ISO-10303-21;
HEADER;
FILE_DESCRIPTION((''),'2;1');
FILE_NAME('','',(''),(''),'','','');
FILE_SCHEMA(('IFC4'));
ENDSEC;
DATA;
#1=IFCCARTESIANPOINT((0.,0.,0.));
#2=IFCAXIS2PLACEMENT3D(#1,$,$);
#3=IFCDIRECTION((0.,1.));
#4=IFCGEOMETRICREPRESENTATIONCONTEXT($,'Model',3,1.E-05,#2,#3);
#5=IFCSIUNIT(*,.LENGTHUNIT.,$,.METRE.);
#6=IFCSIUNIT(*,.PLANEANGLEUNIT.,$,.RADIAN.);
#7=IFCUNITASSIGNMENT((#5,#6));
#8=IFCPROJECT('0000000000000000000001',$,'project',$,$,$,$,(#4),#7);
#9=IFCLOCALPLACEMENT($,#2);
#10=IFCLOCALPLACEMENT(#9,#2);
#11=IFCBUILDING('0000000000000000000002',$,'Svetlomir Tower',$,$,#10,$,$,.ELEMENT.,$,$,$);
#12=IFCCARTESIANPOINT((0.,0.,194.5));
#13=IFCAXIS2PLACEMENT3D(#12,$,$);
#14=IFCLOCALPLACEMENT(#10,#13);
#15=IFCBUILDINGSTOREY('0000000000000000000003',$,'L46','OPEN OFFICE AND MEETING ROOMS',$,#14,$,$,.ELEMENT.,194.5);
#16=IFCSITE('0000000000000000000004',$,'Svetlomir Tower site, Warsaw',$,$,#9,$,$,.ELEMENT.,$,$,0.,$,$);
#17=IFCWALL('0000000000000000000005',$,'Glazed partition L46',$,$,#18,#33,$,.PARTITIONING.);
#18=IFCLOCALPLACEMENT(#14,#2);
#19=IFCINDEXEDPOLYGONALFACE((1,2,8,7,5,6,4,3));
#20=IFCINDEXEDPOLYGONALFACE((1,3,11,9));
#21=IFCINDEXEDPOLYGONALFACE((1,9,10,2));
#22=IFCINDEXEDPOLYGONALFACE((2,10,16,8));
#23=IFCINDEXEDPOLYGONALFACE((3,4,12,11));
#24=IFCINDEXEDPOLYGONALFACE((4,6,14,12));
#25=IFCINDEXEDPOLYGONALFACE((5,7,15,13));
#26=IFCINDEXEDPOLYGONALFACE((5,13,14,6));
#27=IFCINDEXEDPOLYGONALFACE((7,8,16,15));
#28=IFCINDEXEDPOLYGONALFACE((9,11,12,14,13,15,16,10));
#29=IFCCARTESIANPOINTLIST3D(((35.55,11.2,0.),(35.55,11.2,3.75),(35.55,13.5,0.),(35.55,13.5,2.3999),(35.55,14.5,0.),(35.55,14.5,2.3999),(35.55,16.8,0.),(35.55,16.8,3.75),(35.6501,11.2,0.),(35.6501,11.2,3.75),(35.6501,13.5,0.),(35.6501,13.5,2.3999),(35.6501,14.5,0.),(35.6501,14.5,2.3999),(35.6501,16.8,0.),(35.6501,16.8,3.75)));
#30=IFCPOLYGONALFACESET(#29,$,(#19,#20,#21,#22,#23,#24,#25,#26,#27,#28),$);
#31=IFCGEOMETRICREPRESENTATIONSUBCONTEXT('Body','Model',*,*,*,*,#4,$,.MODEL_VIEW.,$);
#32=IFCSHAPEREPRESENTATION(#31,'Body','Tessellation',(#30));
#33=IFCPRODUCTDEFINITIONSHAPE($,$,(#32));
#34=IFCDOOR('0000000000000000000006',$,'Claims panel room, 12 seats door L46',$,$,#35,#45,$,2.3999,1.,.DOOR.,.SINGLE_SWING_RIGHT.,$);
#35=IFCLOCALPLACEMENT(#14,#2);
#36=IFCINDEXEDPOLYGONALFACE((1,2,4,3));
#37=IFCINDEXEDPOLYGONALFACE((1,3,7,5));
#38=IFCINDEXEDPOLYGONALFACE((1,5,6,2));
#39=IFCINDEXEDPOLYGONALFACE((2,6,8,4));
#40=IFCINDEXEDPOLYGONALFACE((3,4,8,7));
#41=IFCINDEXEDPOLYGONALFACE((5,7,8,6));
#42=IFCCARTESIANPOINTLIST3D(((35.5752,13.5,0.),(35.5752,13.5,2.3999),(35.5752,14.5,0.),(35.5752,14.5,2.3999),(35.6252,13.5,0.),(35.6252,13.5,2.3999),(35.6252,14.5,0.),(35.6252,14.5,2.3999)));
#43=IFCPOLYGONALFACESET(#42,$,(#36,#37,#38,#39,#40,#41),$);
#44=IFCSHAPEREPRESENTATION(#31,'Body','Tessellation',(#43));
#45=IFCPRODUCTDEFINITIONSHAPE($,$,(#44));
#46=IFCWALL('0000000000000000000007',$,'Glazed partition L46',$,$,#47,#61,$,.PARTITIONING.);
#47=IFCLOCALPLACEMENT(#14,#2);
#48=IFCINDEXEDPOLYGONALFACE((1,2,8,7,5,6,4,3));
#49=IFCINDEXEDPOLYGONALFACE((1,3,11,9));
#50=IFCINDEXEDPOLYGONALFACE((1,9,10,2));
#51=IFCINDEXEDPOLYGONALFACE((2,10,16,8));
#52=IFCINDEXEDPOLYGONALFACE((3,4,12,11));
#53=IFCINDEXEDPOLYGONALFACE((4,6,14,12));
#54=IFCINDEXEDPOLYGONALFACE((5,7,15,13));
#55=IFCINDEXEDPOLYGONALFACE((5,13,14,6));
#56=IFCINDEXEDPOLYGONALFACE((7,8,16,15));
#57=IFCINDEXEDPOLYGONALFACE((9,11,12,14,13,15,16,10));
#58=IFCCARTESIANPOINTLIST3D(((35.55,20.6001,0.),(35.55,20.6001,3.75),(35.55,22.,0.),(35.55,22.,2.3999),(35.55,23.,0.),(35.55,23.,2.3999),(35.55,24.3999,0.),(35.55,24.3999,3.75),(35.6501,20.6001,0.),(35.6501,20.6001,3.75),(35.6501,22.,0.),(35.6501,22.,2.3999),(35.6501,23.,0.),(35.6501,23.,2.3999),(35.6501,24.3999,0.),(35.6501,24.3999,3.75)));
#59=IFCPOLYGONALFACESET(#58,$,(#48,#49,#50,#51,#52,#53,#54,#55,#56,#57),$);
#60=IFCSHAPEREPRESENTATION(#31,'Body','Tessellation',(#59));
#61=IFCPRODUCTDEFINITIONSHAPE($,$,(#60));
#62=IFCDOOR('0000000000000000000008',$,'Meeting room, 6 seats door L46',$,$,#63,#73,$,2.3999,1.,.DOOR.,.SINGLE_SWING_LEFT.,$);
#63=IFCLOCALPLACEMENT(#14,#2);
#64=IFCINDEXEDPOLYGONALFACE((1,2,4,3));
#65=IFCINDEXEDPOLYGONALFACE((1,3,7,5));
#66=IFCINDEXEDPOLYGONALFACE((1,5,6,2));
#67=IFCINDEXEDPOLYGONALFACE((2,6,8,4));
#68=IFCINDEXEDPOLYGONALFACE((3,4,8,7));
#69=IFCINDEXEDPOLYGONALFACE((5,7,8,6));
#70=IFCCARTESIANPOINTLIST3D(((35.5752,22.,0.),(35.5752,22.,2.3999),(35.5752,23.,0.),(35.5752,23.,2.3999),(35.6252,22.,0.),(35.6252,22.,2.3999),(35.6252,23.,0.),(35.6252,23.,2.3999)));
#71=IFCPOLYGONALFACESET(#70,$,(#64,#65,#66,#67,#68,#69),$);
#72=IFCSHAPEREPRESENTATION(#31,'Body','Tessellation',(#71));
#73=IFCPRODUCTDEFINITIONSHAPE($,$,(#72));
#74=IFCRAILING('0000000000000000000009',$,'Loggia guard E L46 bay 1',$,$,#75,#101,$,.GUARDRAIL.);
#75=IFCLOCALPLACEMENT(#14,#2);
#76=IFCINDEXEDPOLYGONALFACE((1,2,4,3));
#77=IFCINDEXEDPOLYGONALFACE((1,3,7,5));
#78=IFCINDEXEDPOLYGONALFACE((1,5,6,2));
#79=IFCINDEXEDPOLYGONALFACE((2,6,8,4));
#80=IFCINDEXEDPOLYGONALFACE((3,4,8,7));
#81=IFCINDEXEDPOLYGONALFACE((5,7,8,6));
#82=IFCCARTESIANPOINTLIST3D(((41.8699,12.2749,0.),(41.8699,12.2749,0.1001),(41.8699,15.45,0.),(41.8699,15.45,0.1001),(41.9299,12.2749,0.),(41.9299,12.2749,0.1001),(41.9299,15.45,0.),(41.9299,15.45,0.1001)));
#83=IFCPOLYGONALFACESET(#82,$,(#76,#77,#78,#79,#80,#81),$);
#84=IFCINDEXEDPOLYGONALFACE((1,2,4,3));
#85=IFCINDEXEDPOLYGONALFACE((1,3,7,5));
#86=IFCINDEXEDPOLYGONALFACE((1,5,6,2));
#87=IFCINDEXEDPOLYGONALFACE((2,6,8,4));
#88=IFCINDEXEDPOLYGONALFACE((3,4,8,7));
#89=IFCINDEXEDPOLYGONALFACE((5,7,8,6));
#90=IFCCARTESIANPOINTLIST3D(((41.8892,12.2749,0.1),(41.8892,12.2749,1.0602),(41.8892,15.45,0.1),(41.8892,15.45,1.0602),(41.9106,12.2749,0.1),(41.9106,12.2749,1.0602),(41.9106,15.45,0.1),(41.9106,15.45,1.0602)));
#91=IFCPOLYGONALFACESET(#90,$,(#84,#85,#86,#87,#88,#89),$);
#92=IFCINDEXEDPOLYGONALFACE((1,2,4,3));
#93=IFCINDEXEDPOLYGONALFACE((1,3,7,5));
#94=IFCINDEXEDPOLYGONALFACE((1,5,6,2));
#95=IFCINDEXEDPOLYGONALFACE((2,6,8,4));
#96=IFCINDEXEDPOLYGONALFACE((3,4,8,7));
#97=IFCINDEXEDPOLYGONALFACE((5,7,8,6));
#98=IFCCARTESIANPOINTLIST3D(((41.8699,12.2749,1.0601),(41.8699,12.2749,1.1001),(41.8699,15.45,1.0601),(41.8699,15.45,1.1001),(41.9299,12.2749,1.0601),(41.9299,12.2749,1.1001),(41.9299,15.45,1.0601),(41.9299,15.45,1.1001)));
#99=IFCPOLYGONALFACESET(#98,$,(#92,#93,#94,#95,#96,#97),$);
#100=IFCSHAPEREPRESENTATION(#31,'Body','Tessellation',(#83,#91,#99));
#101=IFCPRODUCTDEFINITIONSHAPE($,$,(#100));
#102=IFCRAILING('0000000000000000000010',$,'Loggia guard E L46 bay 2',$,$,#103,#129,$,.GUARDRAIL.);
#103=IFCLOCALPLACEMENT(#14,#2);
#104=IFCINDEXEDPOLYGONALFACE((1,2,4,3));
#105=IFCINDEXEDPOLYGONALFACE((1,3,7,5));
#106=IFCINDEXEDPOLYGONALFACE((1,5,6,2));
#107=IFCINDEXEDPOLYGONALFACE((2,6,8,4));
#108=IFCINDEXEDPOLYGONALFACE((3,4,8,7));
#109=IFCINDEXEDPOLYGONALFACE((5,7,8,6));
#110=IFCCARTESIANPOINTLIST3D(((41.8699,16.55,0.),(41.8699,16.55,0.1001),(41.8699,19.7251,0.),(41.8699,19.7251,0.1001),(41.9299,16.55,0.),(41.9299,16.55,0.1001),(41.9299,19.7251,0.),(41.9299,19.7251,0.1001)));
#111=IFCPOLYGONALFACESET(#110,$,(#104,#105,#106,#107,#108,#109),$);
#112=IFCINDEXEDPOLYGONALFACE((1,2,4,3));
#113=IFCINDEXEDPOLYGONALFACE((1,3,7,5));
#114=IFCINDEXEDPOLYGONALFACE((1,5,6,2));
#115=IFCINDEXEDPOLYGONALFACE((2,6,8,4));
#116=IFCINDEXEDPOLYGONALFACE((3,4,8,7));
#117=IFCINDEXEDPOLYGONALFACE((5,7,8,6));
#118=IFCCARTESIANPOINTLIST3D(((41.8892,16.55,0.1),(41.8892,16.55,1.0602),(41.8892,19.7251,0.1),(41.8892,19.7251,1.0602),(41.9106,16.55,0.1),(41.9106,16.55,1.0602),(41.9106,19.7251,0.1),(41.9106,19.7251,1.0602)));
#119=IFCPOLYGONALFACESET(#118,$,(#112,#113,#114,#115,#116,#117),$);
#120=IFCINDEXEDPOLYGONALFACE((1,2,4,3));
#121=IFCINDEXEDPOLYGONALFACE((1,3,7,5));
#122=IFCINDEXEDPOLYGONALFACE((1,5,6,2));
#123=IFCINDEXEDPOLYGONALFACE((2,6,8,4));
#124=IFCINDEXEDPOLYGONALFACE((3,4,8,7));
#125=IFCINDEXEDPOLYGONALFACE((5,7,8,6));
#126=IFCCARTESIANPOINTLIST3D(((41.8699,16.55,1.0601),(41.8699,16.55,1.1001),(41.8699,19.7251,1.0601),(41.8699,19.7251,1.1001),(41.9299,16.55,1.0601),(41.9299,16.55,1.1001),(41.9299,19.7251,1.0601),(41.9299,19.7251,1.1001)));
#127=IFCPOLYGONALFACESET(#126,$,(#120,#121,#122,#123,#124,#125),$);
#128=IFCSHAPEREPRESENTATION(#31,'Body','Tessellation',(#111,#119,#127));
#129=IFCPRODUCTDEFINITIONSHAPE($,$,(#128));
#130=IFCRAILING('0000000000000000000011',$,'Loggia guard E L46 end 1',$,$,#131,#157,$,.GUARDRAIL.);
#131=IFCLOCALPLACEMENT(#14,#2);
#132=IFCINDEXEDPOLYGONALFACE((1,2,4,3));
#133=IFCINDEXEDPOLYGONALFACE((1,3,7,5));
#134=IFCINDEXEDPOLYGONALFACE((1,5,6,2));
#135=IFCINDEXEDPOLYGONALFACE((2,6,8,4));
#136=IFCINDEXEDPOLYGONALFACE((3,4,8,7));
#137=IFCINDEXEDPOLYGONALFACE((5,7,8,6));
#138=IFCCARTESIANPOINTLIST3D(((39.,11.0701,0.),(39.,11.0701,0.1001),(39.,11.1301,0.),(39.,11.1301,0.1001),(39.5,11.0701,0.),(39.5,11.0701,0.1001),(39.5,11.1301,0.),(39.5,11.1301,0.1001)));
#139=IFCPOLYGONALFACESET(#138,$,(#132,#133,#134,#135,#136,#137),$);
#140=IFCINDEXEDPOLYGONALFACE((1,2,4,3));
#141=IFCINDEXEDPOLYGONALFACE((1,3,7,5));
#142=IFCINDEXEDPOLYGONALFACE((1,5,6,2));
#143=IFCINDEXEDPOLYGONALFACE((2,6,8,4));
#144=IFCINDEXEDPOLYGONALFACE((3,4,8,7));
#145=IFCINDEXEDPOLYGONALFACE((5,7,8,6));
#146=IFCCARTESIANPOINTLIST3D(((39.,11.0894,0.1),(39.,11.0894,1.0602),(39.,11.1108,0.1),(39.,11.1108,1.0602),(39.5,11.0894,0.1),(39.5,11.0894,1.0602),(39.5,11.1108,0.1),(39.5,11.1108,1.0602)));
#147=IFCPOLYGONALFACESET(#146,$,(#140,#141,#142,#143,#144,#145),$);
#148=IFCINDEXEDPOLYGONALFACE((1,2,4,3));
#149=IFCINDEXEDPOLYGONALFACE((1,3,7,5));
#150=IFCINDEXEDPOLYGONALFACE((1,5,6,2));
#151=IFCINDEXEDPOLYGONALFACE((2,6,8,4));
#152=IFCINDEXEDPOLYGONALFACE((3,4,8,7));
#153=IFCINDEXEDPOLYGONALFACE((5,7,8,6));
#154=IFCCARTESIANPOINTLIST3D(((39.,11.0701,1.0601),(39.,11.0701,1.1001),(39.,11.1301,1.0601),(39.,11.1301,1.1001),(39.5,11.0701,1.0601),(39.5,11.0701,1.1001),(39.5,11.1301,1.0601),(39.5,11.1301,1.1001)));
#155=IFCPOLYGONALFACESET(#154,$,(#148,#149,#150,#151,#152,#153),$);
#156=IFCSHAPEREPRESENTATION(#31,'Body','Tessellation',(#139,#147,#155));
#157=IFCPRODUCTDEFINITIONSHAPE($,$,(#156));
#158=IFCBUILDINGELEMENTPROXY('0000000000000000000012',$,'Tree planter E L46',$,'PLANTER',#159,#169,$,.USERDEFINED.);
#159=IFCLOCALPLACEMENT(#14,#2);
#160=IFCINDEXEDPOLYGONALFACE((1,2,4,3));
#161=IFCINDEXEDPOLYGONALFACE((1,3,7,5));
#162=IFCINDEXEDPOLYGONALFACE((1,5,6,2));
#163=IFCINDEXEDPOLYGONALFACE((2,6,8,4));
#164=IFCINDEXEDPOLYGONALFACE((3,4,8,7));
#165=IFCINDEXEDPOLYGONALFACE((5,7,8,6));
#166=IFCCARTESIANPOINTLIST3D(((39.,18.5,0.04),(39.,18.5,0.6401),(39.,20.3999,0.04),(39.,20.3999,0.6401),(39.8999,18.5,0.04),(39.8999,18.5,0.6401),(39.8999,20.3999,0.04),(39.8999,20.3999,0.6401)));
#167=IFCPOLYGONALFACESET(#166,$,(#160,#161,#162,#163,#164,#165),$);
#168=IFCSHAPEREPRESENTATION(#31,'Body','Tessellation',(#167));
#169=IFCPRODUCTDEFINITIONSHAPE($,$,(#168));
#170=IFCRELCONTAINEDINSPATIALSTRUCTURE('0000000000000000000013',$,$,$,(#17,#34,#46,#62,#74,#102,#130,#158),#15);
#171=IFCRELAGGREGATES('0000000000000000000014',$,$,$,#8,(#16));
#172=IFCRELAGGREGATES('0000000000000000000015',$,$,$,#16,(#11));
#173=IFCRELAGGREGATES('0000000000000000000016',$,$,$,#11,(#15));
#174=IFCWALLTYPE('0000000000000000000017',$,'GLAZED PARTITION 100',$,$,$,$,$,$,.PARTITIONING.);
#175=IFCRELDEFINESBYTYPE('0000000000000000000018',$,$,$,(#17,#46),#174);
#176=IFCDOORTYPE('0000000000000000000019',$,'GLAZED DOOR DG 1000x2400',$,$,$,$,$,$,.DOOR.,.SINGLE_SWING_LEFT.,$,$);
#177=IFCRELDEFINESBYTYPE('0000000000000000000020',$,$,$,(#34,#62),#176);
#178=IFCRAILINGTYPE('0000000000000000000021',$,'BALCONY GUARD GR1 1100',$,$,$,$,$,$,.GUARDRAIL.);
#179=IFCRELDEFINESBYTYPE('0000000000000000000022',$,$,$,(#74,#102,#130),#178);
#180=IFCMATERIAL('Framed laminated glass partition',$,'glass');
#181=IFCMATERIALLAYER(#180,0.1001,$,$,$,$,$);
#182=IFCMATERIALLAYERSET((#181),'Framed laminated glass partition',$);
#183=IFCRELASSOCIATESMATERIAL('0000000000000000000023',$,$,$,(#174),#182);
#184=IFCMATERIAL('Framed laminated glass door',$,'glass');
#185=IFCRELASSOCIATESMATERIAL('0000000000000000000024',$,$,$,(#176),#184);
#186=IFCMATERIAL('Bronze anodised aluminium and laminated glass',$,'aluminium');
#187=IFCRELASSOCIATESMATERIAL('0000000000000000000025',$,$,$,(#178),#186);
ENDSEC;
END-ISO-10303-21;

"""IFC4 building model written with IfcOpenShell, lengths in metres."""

from ifc_helpers import new_model, si_unit, direction, frame, frame_2d, origin, origin_2d, place, context, subcontext, project, spatial, rectangle, extrude, material, layer, layer_set, type_object, element, fill, save


model = new_model("IFC4")

# Units and contexts
model_context = context("Model", 3, precision=1e-05, world=origin(), true_north=direction((0.0, 1.0)))
body_context = subcontext(model_context, "Body", "Model", "MODEL_VIEW")
ifc_project = project(units=[si_unit("LENGTHUNIT", "METRE"), si_unit("PLANEANGLEUNIT", "RADIAN")], contexts=[model_context])

# Site, building, storey
site_placement = place(None, origin())
site = spatial("IfcSite", under=ifc_project, at=site_placement, Name="Svetlomir Tower site, Warsaw", CompositionType="ELEMENT", RefElevation=0.0)
building_placement = place(site_placement, origin())
building = spatial("IfcBuilding", under=site, at=building_placement, Name="Svetlomir Tower", CompositionType="ELEMENT")
storey_placement = place(building_placement, frame((0.0, 0.0, 194.5)))
storey = spatial("IfcBuildingStorey", under=building, at=storey_placement, Name="L46", Description="OPEN OFFICE AND MEETING ROOMS", CompositionType="ELEMENT", Elevation=194.5)

# Shared definitions
ifc_material_1 = material(Name="Framed laminated glass partition", Category="glass")
ifc_layer_1 = layer(ifc_material_1, 0.1001)
ifc_layer_set_1 = layer_set([ifc_layer_1], Name="Framed laminated glass partition")
wall_type_1 = type_object("IfcWallType", Name="GLAZED PARTITION 100", PredefinedType="PARTITIONING", material=ifc_layer_set_1)

# Walls, openings, doors
wall_1_placement = place(storey_placement, frame((35.6001, 11.2, 0.0), z_axis=(0.0, 0.0, 1.0), x_axis=(0.0, 1.0, 0.0)))
wall_1 = element("IfcWall", 1, at=wall_1_placement, inside=storey, type_object=wall_type_1, Name="Glazed partition L46", PredefinedType="PARTITIONING", context=body_context, shape_type="SweptSolid", body=[
    extrude(rectangle(XDim=5.6001, YDim=0.1001, at=frame_2d((2.8, 0.0))), origin(), (0.0, 0.0, 1.0), 3.75),
])
opening_1_placement = place(wall_1_placement, frame((2.3, 0.0, 0.0)))
opening_1 = element("IfcOpeningElement", 2, at=opening_1_placement, cuts=wall_1, PredefinedType="OPENING", context=body_context, shape_type="SweptSolid", body=[
    extrude(rectangle(XDim=1.0, YDim=2.3999, at=frame_2d((0.5, 1.2))), frame((0.0, 0.0601, 0.0), z_axis=(0.0, -1.0, 0.0), x_axis=(1.0, 0.0, 0.0)), (0.0, 0.0, 1.0), 0.1201),
])
ifc_material_2 = material(Name="Framed laminated glass door", Category="glass")
door_type_1 = type_object("IfcDoorType", Name="GLAZED DOOR DG 1000x2400", OperationType="SINGLE_SWING_LEFT", PredefinedType="DOOR", material=ifc_material_2)
door_1_placement = place(opening_1_placement, origin())
door_1 = element("IfcDoor", 3, at=door_1_placement, inside=storey, type_object=door_type_1, Name="Claims panel room, 12 seats door L46", OperationType="SINGLE_SWING_RIGHT", OverallHeight=2.3999, OverallWidth=1.0, PredefinedType="DOOR", context=body_context, shape_type="SweptSolid", body=[
    extrude(rectangle(XDim=1.0, YDim=2.3999, at=frame_2d((0.5, 1.2))), frame((0.0, 0.0249, 0.0), z_axis=(0.0, -1.0, 0.0), x_axis=(1.0, 0.0, 0.0)), (0.0, 0.0, 1.0), 0.05),
])
fill(opening_1, door_1)
wall_2_placement = place(storey_placement, frame((35.6001, 20.6001, 0.0), z_axis=(0.0, 0.0, 1.0), x_axis=(0.0, 1.0, 0.0)))
wall_2 = element("IfcWall", 4, at=wall_2_placement, inside=storey, type_object=wall_type_1, Name="Glazed partition L46", PredefinedType="PARTITIONING", context=body_context, shape_type="SweptSolid", body=[
    extrude(rectangle(XDim=3.7998, YDim=0.1001, at=frame_2d((1.8999, 0.0))), origin(), (0.0, 0.0, 1.0), 3.75),
])
opening_2_placement = place(wall_2_placement, frame((1.3999, 0.0, 0.0)))
opening_2 = element("IfcOpeningElement", 5, at=opening_2_placement, cuts=wall_2, PredefinedType="OPENING", context=body_context, shape_type="SweptSolid", body=[
    extrude(rectangle(XDim=1.0, YDim=2.3999, at=frame_2d((0.5, 1.2))), frame((0.0, 0.0601, 0.0), z_axis=(0.0, -1.0, 0.0), x_axis=(1.0, 0.0, 0.0)), (0.0, 0.0, 1.0), 0.1201),
])
door_2_placement = place(opening_2_placement, origin())
door_2 = element("IfcDoor", 6, at=door_2_placement, inside=storey, type_object=door_type_1, Name="Meeting room, 6 seats door L46", OperationType="SINGLE_SWING_LEFT", OverallHeight=2.3999, OverallWidth=1.0, PredefinedType="DOOR", context=body_context, shape_type="SweptSolid", body=[
    extrude(rectangle(XDim=1.0, YDim=2.3999, at=frame_2d((0.5, 1.2))), frame((0.0, 0.0249, 0.0), z_axis=(0.0, -1.0, 0.0), x_axis=(1.0, 0.0, 0.0)), (0.0, 0.0, 1.0), 0.05),
])
fill(opening_2, door_2)

# Railings
ifc_material_3 = material(Name="Bronze anodised aluminium and laminated glass", Category="aluminium")
railing_type = type_object("IfcRailingType", Name="BALCONY GUARD GR1 1100", PredefinedType="GUARDRAIL", material=ifc_material_3)
for number, where, name in (
    (7, (41.8999, 12.2749, 0.0), "Loggia guard E L46 bay 1"),
    (8, (41.8999, 16.55, 0.0), "Loggia guard E L46 bay 2"),
):
    element("IfcRailing", number, at=place(storey_placement, frame(where)), inside=storey, type_object=railing_type, Name=name, PredefinedType="GUARDRAIL", context=body_context, shape_type="SweptSolid", body=[
        extrude(rectangle(XDim=0.0601, YDim=0.1001, at=origin_2d()), frame((0.0, 0.0, 0.05), z_axis=(0.0, 1.0, 0.0), x_axis=(-1.0, 0.0, 0.0)), (0.0, 0.0, 1.0), 3.175),
        extrude(rectangle(XDim=0.0215, YDim=0.9602, at=origin_2d()), frame((0.0, 0.0, 0.5801), z_axis=(0.0, 1.0, 0.0), x_axis=(-1.0, 0.0, 0.0)), (0.0, 0.0, 1.0), 3.175),
        extrude(rectangle(XDim=0.0601, YDim=0.04, at=origin_2d()), frame((0.0, 0.0, 1.0801), z_axis=(0.0, 1.0, 0.0), x_axis=(-1.0, 0.0, 0.0)), (0.0, 0.0, 1.0), 3.175),
    ])
railing_placement = place(storey_placement, frame((39.5, 11.1001, 0.0)))
element("IfcRailing", 9, at=railing_placement, inside=storey, type_object=railing_type, Name="Loggia guard E L46 end 1", PredefinedType="GUARDRAIL", context=body_context, shape_type="SweptSolid", body=[
    extrude(rectangle(XDim=0.0601, YDim=0.1001, at=origin_2d()), frame((0.0, 0.0, 0.05), z_axis=(-1.0, 0.0, 0.0), x_axis=(0.0, -1.0, 0.0)), (0.0, 0.0, 1.0), 0.5),
    extrude(rectangle(XDim=0.0215, YDim=0.9602, at=origin_2d()), frame((0.0, 0.0, 0.5801), z_axis=(-1.0, 0.0, 0.0), x_axis=(0.0, -1.0, 0.0)), (0.0, 0.0, 1.0), 0.5),
    extrude(rectangle(XDim=0.0601, YDim=0.04, at=origin_2d()), frame((0.0, 0.0, 1.0801), z_axis=(-1.0, 0.0, 0.0), x_axis=(0.0, -1.0, 0.0)), (0.0, 0.0, 1.0), 0.5),
])

# Building element proxy
proxy_placement = place(storey_placement, frame((39.45, 19.45, 0.04), z_axis=(0.0, 0.0, 1.0), x_axis=(1.0, 0.0, 0.0)))
element("IfcBuildingElementProxy", 10, at=proxy_placement, inside=storey, Name="Tree planter E L46", ObjectType="PLANTER", PredefinedType="USERDEFINED", context=body_context, shape_type="SweptSolid", body=[
    extrude(rectangle(XDim=0.8999, YDim=1.8999, at=origin_2d()), origin(), (0.0, 0.0, 1.0), 0.6001),
])

save(model, "model.ifc")
